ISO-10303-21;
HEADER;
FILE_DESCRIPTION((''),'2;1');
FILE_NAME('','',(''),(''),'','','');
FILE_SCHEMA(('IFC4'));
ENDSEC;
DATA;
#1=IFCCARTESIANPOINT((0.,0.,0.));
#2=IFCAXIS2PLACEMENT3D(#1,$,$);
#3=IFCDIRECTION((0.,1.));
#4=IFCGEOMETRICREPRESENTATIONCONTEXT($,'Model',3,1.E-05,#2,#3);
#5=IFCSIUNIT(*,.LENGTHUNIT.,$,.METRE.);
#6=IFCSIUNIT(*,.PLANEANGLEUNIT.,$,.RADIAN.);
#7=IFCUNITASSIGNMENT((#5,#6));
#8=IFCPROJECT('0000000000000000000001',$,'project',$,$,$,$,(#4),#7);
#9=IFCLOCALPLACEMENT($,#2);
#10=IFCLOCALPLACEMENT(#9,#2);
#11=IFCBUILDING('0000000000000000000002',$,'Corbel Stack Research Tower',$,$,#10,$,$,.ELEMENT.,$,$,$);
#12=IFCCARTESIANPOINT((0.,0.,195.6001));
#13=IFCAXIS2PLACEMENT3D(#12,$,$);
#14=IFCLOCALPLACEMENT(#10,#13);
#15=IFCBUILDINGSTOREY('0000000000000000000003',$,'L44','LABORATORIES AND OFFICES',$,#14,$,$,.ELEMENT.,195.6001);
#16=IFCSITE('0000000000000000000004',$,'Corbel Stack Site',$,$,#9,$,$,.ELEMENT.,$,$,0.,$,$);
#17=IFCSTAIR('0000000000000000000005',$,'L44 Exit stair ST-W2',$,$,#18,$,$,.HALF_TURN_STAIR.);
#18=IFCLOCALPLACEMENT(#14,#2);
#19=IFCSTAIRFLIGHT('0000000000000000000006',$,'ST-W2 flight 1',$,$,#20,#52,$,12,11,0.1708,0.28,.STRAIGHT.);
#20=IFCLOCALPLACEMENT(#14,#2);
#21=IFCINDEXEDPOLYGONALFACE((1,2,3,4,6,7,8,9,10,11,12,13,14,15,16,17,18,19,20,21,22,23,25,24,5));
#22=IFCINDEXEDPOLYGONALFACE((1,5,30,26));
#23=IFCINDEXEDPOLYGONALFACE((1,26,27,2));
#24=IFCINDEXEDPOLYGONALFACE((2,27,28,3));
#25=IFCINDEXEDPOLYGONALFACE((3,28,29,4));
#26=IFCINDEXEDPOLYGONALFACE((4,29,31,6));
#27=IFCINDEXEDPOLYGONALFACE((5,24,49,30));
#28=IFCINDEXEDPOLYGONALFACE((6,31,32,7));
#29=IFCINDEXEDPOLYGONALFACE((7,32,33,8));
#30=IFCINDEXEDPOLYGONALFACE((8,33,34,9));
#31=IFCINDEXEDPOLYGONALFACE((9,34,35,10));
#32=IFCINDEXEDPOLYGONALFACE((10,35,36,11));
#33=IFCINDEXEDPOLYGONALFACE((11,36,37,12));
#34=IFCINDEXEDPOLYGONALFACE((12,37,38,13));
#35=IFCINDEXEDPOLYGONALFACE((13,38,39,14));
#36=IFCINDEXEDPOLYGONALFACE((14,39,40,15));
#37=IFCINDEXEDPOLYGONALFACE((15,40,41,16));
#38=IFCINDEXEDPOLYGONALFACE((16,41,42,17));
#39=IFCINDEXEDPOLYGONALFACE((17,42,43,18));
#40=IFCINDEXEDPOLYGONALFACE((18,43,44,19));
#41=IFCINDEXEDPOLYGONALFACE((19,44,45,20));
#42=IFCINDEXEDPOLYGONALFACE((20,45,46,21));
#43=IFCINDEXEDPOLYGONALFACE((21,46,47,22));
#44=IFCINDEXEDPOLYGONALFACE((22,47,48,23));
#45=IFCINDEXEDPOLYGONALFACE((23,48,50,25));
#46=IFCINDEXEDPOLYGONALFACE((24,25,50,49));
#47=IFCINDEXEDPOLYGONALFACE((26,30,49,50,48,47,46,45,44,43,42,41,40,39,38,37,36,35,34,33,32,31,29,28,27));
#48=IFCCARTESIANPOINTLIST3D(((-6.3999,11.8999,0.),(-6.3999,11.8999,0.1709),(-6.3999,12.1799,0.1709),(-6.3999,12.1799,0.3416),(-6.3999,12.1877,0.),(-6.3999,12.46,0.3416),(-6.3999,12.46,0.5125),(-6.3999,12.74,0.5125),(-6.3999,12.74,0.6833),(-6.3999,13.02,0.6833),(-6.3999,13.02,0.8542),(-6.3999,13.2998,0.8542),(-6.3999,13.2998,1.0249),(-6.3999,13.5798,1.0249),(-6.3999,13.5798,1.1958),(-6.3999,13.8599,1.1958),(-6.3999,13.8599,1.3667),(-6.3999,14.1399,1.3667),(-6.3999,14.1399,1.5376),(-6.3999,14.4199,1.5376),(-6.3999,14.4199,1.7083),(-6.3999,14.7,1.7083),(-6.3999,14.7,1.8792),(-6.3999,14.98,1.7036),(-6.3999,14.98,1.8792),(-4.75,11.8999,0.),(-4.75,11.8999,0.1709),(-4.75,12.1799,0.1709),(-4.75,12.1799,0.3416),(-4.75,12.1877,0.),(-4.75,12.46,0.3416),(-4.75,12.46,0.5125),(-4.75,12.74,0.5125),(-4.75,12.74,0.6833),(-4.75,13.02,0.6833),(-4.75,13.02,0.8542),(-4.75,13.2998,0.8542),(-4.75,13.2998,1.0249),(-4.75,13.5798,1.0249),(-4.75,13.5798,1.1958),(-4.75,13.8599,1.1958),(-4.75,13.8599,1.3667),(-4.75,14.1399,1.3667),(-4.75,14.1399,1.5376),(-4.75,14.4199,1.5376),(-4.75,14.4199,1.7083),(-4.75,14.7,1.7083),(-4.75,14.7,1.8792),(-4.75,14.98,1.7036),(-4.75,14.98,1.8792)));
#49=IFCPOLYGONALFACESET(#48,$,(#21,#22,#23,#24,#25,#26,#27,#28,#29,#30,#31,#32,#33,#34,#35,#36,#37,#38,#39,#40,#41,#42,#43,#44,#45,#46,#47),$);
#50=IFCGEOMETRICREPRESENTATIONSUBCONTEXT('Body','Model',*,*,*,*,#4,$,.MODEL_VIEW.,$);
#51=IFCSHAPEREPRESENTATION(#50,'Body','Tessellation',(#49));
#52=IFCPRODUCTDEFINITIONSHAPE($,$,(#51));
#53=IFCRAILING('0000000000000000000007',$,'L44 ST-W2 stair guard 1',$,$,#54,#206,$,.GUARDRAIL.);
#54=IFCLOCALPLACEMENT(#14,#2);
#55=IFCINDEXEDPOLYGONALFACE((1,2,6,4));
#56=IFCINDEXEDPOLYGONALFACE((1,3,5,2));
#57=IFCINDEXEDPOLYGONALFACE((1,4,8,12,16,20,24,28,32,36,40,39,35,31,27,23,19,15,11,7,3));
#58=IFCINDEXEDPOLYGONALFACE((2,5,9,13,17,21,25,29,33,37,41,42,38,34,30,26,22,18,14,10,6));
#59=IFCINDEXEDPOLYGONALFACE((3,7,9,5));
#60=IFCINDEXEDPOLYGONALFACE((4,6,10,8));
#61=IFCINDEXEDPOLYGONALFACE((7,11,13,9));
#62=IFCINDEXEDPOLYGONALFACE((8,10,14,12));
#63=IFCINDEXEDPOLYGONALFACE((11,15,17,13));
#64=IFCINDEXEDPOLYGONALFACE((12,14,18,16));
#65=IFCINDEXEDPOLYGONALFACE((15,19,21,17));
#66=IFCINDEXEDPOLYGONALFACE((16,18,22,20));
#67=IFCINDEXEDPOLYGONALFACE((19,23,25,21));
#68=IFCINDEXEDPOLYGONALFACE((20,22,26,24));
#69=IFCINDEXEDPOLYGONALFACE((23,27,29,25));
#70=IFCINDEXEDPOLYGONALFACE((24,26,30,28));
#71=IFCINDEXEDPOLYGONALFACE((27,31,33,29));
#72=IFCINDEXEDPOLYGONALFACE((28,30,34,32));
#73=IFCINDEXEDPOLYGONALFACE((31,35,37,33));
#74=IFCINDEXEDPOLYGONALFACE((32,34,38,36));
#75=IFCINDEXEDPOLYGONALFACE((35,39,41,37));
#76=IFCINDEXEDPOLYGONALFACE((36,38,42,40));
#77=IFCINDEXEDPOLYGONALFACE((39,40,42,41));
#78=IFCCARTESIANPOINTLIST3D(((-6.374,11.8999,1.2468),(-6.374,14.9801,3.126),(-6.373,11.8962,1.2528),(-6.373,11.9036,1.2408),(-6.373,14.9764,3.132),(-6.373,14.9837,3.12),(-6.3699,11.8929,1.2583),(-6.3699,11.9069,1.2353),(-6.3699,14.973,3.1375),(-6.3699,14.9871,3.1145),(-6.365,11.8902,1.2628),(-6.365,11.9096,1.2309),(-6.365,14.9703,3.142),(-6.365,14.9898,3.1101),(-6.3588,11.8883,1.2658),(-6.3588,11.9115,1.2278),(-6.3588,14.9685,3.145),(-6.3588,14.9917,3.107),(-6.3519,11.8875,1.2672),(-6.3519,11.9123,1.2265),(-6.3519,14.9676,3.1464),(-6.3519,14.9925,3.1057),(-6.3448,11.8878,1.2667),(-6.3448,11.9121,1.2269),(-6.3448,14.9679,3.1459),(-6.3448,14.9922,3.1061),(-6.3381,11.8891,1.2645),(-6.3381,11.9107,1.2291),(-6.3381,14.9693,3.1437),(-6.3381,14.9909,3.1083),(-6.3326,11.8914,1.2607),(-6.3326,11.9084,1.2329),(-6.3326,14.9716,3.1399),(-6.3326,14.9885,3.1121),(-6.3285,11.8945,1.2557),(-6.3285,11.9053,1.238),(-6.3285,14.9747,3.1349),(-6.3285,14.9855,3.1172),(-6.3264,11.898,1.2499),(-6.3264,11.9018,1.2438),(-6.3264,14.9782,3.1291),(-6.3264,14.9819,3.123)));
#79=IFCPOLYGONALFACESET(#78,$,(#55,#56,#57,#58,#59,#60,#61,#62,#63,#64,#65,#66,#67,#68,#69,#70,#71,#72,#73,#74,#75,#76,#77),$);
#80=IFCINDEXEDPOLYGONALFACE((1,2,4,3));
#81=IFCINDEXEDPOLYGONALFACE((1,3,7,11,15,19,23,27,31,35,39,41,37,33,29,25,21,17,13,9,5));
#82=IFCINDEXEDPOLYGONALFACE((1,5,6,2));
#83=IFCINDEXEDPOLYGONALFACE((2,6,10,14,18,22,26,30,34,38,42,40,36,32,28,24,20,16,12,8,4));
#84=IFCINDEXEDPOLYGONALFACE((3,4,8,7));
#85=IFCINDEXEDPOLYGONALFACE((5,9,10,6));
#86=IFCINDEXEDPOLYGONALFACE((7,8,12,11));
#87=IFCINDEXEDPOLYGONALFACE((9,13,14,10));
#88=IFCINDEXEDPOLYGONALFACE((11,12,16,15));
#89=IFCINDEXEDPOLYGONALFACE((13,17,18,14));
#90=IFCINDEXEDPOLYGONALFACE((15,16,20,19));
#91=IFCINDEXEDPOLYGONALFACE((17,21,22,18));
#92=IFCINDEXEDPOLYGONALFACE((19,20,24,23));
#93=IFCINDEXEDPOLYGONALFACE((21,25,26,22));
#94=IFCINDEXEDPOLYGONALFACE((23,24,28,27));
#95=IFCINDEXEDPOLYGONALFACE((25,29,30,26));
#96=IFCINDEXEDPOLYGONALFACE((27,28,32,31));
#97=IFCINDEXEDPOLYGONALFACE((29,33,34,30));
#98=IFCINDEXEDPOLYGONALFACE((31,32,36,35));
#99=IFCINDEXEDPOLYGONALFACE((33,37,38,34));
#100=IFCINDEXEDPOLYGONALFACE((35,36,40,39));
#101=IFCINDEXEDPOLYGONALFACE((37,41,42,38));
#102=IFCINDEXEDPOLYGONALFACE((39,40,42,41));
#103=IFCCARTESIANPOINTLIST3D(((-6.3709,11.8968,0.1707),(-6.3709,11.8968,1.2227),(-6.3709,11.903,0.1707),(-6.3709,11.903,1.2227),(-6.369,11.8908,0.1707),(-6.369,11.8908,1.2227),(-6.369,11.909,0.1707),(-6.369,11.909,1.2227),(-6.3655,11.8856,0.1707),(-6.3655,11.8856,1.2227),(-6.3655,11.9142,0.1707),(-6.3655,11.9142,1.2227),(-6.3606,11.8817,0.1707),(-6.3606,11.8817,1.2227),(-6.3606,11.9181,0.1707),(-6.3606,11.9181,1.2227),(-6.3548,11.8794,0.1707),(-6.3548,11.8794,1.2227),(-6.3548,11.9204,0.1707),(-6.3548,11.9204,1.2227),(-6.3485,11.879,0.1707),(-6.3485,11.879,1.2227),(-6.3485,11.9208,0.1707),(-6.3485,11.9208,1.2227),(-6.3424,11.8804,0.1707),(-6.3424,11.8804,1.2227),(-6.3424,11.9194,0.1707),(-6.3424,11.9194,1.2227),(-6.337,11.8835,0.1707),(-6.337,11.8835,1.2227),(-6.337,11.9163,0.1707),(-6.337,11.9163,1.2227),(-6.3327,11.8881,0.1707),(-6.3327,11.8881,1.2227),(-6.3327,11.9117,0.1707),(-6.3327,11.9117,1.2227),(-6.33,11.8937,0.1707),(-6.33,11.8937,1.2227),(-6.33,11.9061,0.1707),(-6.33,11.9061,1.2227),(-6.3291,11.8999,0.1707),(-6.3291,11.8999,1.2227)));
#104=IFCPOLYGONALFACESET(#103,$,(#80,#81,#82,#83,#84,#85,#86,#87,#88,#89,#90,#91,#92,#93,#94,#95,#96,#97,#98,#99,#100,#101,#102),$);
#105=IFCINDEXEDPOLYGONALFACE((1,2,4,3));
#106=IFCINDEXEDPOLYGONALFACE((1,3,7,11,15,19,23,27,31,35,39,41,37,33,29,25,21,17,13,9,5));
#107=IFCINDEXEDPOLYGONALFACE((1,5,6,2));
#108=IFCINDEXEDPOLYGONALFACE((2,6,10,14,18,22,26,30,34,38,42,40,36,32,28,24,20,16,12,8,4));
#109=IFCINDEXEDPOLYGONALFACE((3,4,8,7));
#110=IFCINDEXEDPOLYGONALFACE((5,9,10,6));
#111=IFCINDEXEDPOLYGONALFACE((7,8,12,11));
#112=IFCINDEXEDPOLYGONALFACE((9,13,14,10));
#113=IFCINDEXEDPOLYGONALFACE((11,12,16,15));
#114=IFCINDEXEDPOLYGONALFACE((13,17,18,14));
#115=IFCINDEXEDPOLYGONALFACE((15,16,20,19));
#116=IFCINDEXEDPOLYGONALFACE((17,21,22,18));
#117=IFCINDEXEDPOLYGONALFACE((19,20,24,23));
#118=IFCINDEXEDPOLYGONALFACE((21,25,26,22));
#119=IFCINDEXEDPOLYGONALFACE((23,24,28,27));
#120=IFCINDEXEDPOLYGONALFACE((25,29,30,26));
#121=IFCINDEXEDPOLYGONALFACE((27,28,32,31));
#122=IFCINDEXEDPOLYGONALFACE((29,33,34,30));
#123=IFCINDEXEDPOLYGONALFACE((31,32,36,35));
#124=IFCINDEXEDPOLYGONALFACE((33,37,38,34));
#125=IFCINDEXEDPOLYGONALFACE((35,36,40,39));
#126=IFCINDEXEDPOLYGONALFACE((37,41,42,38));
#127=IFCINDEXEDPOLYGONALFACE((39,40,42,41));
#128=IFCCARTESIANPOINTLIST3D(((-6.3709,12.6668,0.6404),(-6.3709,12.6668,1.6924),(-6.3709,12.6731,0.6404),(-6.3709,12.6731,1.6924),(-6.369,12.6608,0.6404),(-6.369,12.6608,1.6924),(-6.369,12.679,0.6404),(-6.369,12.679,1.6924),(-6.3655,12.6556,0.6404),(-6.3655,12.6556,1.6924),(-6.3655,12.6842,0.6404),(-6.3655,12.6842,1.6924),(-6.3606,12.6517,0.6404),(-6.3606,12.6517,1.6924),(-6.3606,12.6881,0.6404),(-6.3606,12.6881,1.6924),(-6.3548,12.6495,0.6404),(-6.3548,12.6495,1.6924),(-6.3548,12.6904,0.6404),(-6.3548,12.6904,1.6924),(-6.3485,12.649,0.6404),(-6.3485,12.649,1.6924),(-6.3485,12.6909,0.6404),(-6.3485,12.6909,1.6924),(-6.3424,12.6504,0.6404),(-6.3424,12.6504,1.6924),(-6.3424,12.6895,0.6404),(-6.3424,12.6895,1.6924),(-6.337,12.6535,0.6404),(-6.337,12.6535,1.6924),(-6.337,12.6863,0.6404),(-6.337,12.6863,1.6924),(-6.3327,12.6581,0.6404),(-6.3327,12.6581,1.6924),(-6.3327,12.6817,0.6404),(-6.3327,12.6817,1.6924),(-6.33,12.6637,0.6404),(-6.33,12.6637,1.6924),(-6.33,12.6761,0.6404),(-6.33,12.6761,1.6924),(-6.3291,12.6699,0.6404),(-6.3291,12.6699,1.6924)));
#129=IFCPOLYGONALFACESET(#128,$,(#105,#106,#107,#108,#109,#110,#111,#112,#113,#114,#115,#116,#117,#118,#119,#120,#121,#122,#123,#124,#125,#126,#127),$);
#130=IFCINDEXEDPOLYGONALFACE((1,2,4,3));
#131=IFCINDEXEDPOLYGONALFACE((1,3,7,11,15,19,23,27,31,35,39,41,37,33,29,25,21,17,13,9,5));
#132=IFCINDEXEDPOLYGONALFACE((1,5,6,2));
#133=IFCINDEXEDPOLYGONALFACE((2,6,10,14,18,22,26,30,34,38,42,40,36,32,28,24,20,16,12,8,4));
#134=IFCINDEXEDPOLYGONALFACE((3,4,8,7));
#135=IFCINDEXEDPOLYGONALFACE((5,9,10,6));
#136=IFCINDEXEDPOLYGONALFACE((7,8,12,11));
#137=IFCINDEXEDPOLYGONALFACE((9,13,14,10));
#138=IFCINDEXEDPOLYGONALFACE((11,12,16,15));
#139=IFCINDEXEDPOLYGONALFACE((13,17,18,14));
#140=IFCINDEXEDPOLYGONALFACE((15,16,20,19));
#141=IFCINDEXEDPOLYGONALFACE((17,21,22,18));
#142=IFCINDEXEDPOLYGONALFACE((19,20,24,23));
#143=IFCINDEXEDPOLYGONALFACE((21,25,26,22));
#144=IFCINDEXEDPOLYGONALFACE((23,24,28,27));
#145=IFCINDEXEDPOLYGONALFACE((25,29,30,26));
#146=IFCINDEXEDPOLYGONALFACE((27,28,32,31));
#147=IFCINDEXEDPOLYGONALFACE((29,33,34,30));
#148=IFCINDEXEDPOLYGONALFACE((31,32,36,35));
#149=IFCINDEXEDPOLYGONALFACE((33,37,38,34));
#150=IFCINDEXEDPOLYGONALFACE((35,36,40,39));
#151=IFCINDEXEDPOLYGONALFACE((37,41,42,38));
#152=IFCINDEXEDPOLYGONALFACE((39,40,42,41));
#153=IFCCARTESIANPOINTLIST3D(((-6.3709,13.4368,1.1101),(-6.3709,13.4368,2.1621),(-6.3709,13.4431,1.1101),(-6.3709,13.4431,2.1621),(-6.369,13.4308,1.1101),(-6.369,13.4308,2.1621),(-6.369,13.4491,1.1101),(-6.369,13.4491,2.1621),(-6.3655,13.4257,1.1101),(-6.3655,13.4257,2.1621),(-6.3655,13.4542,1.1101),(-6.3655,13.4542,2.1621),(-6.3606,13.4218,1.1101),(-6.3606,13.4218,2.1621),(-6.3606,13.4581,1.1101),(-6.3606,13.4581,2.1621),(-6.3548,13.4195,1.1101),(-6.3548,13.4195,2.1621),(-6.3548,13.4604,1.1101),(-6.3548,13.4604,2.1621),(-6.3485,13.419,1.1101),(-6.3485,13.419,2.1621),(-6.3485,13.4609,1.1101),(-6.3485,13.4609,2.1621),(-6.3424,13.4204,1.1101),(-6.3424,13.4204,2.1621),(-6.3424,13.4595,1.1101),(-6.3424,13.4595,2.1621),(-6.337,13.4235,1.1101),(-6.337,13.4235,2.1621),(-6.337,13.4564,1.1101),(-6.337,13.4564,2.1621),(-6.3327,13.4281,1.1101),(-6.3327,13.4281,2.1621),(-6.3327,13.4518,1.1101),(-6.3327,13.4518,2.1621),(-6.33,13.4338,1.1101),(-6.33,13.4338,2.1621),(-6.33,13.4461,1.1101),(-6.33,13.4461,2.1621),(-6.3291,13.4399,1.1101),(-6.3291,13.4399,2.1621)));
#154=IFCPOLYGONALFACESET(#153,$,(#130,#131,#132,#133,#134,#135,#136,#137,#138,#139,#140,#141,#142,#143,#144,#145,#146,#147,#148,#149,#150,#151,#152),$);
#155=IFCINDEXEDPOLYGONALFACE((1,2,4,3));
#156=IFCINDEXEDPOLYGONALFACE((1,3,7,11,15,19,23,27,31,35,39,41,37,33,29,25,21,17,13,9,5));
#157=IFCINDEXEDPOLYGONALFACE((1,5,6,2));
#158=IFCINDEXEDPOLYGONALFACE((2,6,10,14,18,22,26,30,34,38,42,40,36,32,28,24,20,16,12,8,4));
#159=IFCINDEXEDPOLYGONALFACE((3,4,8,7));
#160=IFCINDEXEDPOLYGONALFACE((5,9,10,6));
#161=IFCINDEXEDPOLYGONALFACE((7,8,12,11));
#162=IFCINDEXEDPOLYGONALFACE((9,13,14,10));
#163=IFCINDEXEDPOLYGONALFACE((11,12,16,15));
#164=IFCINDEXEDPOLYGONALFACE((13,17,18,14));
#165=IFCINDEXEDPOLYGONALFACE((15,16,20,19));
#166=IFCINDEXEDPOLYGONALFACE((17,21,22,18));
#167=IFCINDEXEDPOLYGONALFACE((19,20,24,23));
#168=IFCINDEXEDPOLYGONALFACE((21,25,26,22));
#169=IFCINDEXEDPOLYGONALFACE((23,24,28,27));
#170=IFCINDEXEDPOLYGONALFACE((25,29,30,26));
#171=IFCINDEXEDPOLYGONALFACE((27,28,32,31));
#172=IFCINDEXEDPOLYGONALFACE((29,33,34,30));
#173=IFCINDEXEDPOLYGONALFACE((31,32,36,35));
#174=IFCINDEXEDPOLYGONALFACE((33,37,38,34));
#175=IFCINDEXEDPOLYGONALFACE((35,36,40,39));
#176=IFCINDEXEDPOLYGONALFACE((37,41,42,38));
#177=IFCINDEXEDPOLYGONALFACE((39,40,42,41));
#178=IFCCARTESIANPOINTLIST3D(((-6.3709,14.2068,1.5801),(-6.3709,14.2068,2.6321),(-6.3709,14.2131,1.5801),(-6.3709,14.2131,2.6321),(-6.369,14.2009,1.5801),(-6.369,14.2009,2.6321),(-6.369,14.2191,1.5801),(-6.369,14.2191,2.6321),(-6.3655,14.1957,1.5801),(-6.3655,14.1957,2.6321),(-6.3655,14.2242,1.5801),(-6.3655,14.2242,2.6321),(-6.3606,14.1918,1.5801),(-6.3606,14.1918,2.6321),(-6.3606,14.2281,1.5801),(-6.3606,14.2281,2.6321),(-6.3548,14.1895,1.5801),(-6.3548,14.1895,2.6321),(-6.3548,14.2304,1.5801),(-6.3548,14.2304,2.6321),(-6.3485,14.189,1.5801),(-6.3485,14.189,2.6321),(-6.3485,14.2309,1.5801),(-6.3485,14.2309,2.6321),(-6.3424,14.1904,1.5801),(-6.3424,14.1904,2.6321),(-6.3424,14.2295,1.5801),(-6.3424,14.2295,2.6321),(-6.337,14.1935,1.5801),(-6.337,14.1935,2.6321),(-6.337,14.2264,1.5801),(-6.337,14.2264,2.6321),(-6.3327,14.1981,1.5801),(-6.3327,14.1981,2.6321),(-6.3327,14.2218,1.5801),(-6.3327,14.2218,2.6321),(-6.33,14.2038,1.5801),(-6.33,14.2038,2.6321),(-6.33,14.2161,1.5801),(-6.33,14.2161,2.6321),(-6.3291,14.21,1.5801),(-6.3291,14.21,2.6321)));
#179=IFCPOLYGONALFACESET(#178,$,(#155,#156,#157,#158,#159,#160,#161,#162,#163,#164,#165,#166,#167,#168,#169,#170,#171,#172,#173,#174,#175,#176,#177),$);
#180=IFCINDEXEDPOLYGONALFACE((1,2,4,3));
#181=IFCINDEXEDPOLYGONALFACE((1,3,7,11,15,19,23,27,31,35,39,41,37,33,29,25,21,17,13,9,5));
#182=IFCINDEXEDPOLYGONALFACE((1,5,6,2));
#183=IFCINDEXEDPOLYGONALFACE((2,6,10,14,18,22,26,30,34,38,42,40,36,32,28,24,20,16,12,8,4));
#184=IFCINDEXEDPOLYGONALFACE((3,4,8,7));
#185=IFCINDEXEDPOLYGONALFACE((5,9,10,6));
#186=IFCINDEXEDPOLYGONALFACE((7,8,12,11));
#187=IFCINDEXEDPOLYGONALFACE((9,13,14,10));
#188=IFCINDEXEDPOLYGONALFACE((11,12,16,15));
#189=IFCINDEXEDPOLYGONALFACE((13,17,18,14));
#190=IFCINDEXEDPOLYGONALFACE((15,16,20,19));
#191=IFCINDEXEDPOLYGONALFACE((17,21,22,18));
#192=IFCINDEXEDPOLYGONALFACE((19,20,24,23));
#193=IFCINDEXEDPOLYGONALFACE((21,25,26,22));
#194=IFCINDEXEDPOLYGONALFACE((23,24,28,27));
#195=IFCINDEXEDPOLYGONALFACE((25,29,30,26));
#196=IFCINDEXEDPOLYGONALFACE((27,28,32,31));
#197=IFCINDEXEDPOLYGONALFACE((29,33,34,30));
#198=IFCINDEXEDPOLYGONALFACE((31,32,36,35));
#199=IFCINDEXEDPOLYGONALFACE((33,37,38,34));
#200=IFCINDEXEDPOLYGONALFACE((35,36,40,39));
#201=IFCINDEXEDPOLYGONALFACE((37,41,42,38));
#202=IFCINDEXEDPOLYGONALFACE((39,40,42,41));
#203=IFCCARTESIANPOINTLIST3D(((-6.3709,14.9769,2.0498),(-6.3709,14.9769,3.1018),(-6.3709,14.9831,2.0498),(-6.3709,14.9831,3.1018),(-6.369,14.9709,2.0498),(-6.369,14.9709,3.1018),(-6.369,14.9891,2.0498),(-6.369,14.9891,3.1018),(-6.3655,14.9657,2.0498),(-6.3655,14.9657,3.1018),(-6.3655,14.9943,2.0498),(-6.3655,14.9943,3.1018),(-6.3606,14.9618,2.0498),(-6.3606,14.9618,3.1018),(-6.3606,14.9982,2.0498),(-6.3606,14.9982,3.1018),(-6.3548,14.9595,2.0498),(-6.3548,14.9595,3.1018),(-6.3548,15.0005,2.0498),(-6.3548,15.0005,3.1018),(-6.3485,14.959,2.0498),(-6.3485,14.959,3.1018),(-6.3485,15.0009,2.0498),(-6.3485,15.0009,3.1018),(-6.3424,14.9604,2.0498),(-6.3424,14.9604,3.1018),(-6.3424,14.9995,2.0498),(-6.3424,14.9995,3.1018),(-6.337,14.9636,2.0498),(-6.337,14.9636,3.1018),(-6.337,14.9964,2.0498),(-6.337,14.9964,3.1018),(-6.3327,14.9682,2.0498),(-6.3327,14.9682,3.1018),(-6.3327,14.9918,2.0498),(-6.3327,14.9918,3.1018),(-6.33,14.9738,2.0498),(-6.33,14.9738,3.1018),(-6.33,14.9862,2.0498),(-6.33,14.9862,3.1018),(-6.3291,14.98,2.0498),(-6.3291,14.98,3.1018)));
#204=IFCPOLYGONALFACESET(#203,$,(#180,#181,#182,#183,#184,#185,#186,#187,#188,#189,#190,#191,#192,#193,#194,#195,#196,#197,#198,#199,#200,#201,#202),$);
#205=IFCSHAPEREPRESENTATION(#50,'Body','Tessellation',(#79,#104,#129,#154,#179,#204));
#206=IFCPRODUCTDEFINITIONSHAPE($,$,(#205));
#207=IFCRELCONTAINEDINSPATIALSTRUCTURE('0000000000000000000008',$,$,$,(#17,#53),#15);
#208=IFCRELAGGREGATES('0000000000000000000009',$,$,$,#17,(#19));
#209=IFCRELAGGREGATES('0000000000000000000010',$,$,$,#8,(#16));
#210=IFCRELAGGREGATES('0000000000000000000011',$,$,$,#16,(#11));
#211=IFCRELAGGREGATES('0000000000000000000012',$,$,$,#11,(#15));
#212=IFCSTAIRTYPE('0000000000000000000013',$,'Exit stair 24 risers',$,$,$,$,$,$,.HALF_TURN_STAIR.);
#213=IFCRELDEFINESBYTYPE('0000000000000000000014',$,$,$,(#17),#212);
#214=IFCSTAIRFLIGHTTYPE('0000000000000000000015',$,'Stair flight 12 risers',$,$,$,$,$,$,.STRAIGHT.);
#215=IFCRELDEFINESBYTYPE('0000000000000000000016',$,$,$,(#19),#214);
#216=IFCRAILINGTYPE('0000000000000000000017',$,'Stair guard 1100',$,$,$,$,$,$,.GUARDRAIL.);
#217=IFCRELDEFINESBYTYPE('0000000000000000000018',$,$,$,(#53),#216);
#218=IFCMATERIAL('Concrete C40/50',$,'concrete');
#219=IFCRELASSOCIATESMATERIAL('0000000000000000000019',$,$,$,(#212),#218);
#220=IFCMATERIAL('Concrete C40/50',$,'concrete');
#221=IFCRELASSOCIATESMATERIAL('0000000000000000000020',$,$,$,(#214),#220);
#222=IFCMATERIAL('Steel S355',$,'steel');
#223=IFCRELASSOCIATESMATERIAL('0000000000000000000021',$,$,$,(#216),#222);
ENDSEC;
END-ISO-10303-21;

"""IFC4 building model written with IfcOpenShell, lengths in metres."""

from ifc_helpers import new_model, si_unit, direction, frame, origin, origin_2d, place, context, subcontext, project, spatial, polyline, circle, outline, extrude, material, type_object, element, aggregate, save


model = new_model("IFC4")

# Units and contexts
model_context = context("Model", 3, precision=1e-05, world=origin(), true_north=direction((0.0, 1.0)))
body_context = subcontext(model_context, "Body", "Model", "MODEL_VIEW")
ifc_project = project(units=[si_unit("LENGTHUNIT", "METRE"), si_unit("PLANEANGLEUNIT", "RADIAN")], contexts=[model_context])

# Site, building, storey
site_placement = place(None, origin())
site = spatial("IfcSite", under=ifc_project, at=site_placement, Name="Corbel Stack Site", CompositionType="ELEMENT", RefElevation=0.0)
building_placement = place(site_placement, origin())
building = spatial("IfcBuilding", under=site, at=building_placement, Name="Corbel Stack Research Tower", CompositionType="ELEMENT")
storey_placement = place(building_placement, frame((0.0, 0.0, 195.6001)))
storey = spatial("IfcBuildingStorey", under=building, at=storey_placement, Name="L44", Description="LABORATORIES AND OFFICES", CompositionType="ELEMENT", Elevation=195.6001)

# Stair, stair flight
ifc_material_1 = material(Name="Concrete C40/50", Category="concrete")
stair_type = type_object("IfcStairType", Name="Exit stair 24 risers", PredefinedType="HALF_TURN_STAIR", material=ifc_material_1)
stair_placement = place(storey_placement, origin())
stair = element("IfcStair", 1, at=stair_placement, inside=storey, type_object=stair_type, Name="L44 Exit stair ST-W2", PredefinedType="HALF_TURN_STAIR")
ifc_material_2 = material(Name="Concrete C40/50", Category="concrete")
stair_flight_type = type_object("IfcStairFlightType", Name="Stair flight 12 risers", PredefinedType="STRAIGHT", material=ifc_material_2)
stair_flight_placement = place(storey_placement, frame((-5.575, 11.8999, 0.0), z_axis=(0.0, 0.0, 1.0), x_axis=(0.0, 1.0, 0.0)))
stair_flight = element("IfcStairFlight", 2, at=stair_flight_placement, type_object=stair_flight_type, Name="ST-W2 flight 1", NumberOfRisers=12, NumberOfTreads=11, PredefinedType="STRAIGHT", RiserHeight=0.1708, TreadLength=0.28, context=body_context, shape_type="SweptSolid", body=[
    extrude(outline(polyline([(0.0, 0.0), (0.0, 0.1709), (0.28, 0.1709), (0.28, 0.3416), (0.5601, 0.3416), (0.5601, 0.5125), (0.8401, 0.5125), (0.8401, 0.6833), (1.1201, 0.6833), (1.1201, 0.8542), (1.3999, 0.8542), (1.3999, 1.0249), (1.6799, 1.0249), (1.6799, 1.1958), (1.96, 1.1958), (1.96, 1.3667), (2.24, 1.3667), (2.24, 1.5376), (2.52, 1.5376), (2.52, 1.7083), (2.8, 1.7083), (2.8, 1.8792), (3.0801, 1.8792), (3.0801, 2.05), (3.0801, 1.7036), (0.2878, 0.0), (0.0, 0.0)])), frame((0.0, 0.825, 0.0), z_axis=(0.0, -1.0, 0.0), x_axis=(1.0, 0.0, 0.0)), (0.0, 0.0, 1.0), 1.6499),
])
aggregate(stair, [stair_flight])

# Railing
ifc_material_3 = material(Name="Steel S355", Category="steel")
railing_type = type_object("IfcRailingType", Name="Stair guard 1100", PredefinedType="GUARDRAIL", material=ifc_material_3)
railing_1_placement = place(storey_placement, frame((-6.3501, 11.8999, 0.1707)))
element("IfcRailing", 3, at=railing_1_placement, inside=storey, type_object=railing_type, Name="L44 ST-W2 stair guard 1", PredefinedType="GUARDRAIL", context=body_context, shape_type="SweptSolid", body=[
    extrude(circle(Radius=0.0239, at=origin_2d()), frame((0.0, 0.0, 1.0762), z_axis=(0.0, 0.853666, 0.52082), x_axis=(-1.0, 0.0, 0.0)), (0.0, 0.0, 1.0), 3.6082),
    extrude(circle(Radius=0.021, at=origin_2d()), origin(), (0.0, 0.0, 1.0), 1.052),
    extrude(circle(Radius=0.021, at=origin_2d()), frame((0.0, 0.77, 0.4697)), (0.0, 0.0, 1.0), 1.052),
    extrude(circle(Radius=0.021, at=origin_2d()), frame((0.0, 1.54, 0.9395)), (0.0, 0.0, 1.0), 1.052),
    extrude(circle(Radius=0.021, at=origin_2d()), frame((0.0, 2.3101, 1.4094)), (0.0, 0.0, 1.0), 1.052),
    extrude(circle(Radius=0.021, at=origin_2d()), frame((0.0, 3.0801, 1.8792)), (0.0, 0.0, 1.0), 1.052),
])

save(model, "model.ifc")
